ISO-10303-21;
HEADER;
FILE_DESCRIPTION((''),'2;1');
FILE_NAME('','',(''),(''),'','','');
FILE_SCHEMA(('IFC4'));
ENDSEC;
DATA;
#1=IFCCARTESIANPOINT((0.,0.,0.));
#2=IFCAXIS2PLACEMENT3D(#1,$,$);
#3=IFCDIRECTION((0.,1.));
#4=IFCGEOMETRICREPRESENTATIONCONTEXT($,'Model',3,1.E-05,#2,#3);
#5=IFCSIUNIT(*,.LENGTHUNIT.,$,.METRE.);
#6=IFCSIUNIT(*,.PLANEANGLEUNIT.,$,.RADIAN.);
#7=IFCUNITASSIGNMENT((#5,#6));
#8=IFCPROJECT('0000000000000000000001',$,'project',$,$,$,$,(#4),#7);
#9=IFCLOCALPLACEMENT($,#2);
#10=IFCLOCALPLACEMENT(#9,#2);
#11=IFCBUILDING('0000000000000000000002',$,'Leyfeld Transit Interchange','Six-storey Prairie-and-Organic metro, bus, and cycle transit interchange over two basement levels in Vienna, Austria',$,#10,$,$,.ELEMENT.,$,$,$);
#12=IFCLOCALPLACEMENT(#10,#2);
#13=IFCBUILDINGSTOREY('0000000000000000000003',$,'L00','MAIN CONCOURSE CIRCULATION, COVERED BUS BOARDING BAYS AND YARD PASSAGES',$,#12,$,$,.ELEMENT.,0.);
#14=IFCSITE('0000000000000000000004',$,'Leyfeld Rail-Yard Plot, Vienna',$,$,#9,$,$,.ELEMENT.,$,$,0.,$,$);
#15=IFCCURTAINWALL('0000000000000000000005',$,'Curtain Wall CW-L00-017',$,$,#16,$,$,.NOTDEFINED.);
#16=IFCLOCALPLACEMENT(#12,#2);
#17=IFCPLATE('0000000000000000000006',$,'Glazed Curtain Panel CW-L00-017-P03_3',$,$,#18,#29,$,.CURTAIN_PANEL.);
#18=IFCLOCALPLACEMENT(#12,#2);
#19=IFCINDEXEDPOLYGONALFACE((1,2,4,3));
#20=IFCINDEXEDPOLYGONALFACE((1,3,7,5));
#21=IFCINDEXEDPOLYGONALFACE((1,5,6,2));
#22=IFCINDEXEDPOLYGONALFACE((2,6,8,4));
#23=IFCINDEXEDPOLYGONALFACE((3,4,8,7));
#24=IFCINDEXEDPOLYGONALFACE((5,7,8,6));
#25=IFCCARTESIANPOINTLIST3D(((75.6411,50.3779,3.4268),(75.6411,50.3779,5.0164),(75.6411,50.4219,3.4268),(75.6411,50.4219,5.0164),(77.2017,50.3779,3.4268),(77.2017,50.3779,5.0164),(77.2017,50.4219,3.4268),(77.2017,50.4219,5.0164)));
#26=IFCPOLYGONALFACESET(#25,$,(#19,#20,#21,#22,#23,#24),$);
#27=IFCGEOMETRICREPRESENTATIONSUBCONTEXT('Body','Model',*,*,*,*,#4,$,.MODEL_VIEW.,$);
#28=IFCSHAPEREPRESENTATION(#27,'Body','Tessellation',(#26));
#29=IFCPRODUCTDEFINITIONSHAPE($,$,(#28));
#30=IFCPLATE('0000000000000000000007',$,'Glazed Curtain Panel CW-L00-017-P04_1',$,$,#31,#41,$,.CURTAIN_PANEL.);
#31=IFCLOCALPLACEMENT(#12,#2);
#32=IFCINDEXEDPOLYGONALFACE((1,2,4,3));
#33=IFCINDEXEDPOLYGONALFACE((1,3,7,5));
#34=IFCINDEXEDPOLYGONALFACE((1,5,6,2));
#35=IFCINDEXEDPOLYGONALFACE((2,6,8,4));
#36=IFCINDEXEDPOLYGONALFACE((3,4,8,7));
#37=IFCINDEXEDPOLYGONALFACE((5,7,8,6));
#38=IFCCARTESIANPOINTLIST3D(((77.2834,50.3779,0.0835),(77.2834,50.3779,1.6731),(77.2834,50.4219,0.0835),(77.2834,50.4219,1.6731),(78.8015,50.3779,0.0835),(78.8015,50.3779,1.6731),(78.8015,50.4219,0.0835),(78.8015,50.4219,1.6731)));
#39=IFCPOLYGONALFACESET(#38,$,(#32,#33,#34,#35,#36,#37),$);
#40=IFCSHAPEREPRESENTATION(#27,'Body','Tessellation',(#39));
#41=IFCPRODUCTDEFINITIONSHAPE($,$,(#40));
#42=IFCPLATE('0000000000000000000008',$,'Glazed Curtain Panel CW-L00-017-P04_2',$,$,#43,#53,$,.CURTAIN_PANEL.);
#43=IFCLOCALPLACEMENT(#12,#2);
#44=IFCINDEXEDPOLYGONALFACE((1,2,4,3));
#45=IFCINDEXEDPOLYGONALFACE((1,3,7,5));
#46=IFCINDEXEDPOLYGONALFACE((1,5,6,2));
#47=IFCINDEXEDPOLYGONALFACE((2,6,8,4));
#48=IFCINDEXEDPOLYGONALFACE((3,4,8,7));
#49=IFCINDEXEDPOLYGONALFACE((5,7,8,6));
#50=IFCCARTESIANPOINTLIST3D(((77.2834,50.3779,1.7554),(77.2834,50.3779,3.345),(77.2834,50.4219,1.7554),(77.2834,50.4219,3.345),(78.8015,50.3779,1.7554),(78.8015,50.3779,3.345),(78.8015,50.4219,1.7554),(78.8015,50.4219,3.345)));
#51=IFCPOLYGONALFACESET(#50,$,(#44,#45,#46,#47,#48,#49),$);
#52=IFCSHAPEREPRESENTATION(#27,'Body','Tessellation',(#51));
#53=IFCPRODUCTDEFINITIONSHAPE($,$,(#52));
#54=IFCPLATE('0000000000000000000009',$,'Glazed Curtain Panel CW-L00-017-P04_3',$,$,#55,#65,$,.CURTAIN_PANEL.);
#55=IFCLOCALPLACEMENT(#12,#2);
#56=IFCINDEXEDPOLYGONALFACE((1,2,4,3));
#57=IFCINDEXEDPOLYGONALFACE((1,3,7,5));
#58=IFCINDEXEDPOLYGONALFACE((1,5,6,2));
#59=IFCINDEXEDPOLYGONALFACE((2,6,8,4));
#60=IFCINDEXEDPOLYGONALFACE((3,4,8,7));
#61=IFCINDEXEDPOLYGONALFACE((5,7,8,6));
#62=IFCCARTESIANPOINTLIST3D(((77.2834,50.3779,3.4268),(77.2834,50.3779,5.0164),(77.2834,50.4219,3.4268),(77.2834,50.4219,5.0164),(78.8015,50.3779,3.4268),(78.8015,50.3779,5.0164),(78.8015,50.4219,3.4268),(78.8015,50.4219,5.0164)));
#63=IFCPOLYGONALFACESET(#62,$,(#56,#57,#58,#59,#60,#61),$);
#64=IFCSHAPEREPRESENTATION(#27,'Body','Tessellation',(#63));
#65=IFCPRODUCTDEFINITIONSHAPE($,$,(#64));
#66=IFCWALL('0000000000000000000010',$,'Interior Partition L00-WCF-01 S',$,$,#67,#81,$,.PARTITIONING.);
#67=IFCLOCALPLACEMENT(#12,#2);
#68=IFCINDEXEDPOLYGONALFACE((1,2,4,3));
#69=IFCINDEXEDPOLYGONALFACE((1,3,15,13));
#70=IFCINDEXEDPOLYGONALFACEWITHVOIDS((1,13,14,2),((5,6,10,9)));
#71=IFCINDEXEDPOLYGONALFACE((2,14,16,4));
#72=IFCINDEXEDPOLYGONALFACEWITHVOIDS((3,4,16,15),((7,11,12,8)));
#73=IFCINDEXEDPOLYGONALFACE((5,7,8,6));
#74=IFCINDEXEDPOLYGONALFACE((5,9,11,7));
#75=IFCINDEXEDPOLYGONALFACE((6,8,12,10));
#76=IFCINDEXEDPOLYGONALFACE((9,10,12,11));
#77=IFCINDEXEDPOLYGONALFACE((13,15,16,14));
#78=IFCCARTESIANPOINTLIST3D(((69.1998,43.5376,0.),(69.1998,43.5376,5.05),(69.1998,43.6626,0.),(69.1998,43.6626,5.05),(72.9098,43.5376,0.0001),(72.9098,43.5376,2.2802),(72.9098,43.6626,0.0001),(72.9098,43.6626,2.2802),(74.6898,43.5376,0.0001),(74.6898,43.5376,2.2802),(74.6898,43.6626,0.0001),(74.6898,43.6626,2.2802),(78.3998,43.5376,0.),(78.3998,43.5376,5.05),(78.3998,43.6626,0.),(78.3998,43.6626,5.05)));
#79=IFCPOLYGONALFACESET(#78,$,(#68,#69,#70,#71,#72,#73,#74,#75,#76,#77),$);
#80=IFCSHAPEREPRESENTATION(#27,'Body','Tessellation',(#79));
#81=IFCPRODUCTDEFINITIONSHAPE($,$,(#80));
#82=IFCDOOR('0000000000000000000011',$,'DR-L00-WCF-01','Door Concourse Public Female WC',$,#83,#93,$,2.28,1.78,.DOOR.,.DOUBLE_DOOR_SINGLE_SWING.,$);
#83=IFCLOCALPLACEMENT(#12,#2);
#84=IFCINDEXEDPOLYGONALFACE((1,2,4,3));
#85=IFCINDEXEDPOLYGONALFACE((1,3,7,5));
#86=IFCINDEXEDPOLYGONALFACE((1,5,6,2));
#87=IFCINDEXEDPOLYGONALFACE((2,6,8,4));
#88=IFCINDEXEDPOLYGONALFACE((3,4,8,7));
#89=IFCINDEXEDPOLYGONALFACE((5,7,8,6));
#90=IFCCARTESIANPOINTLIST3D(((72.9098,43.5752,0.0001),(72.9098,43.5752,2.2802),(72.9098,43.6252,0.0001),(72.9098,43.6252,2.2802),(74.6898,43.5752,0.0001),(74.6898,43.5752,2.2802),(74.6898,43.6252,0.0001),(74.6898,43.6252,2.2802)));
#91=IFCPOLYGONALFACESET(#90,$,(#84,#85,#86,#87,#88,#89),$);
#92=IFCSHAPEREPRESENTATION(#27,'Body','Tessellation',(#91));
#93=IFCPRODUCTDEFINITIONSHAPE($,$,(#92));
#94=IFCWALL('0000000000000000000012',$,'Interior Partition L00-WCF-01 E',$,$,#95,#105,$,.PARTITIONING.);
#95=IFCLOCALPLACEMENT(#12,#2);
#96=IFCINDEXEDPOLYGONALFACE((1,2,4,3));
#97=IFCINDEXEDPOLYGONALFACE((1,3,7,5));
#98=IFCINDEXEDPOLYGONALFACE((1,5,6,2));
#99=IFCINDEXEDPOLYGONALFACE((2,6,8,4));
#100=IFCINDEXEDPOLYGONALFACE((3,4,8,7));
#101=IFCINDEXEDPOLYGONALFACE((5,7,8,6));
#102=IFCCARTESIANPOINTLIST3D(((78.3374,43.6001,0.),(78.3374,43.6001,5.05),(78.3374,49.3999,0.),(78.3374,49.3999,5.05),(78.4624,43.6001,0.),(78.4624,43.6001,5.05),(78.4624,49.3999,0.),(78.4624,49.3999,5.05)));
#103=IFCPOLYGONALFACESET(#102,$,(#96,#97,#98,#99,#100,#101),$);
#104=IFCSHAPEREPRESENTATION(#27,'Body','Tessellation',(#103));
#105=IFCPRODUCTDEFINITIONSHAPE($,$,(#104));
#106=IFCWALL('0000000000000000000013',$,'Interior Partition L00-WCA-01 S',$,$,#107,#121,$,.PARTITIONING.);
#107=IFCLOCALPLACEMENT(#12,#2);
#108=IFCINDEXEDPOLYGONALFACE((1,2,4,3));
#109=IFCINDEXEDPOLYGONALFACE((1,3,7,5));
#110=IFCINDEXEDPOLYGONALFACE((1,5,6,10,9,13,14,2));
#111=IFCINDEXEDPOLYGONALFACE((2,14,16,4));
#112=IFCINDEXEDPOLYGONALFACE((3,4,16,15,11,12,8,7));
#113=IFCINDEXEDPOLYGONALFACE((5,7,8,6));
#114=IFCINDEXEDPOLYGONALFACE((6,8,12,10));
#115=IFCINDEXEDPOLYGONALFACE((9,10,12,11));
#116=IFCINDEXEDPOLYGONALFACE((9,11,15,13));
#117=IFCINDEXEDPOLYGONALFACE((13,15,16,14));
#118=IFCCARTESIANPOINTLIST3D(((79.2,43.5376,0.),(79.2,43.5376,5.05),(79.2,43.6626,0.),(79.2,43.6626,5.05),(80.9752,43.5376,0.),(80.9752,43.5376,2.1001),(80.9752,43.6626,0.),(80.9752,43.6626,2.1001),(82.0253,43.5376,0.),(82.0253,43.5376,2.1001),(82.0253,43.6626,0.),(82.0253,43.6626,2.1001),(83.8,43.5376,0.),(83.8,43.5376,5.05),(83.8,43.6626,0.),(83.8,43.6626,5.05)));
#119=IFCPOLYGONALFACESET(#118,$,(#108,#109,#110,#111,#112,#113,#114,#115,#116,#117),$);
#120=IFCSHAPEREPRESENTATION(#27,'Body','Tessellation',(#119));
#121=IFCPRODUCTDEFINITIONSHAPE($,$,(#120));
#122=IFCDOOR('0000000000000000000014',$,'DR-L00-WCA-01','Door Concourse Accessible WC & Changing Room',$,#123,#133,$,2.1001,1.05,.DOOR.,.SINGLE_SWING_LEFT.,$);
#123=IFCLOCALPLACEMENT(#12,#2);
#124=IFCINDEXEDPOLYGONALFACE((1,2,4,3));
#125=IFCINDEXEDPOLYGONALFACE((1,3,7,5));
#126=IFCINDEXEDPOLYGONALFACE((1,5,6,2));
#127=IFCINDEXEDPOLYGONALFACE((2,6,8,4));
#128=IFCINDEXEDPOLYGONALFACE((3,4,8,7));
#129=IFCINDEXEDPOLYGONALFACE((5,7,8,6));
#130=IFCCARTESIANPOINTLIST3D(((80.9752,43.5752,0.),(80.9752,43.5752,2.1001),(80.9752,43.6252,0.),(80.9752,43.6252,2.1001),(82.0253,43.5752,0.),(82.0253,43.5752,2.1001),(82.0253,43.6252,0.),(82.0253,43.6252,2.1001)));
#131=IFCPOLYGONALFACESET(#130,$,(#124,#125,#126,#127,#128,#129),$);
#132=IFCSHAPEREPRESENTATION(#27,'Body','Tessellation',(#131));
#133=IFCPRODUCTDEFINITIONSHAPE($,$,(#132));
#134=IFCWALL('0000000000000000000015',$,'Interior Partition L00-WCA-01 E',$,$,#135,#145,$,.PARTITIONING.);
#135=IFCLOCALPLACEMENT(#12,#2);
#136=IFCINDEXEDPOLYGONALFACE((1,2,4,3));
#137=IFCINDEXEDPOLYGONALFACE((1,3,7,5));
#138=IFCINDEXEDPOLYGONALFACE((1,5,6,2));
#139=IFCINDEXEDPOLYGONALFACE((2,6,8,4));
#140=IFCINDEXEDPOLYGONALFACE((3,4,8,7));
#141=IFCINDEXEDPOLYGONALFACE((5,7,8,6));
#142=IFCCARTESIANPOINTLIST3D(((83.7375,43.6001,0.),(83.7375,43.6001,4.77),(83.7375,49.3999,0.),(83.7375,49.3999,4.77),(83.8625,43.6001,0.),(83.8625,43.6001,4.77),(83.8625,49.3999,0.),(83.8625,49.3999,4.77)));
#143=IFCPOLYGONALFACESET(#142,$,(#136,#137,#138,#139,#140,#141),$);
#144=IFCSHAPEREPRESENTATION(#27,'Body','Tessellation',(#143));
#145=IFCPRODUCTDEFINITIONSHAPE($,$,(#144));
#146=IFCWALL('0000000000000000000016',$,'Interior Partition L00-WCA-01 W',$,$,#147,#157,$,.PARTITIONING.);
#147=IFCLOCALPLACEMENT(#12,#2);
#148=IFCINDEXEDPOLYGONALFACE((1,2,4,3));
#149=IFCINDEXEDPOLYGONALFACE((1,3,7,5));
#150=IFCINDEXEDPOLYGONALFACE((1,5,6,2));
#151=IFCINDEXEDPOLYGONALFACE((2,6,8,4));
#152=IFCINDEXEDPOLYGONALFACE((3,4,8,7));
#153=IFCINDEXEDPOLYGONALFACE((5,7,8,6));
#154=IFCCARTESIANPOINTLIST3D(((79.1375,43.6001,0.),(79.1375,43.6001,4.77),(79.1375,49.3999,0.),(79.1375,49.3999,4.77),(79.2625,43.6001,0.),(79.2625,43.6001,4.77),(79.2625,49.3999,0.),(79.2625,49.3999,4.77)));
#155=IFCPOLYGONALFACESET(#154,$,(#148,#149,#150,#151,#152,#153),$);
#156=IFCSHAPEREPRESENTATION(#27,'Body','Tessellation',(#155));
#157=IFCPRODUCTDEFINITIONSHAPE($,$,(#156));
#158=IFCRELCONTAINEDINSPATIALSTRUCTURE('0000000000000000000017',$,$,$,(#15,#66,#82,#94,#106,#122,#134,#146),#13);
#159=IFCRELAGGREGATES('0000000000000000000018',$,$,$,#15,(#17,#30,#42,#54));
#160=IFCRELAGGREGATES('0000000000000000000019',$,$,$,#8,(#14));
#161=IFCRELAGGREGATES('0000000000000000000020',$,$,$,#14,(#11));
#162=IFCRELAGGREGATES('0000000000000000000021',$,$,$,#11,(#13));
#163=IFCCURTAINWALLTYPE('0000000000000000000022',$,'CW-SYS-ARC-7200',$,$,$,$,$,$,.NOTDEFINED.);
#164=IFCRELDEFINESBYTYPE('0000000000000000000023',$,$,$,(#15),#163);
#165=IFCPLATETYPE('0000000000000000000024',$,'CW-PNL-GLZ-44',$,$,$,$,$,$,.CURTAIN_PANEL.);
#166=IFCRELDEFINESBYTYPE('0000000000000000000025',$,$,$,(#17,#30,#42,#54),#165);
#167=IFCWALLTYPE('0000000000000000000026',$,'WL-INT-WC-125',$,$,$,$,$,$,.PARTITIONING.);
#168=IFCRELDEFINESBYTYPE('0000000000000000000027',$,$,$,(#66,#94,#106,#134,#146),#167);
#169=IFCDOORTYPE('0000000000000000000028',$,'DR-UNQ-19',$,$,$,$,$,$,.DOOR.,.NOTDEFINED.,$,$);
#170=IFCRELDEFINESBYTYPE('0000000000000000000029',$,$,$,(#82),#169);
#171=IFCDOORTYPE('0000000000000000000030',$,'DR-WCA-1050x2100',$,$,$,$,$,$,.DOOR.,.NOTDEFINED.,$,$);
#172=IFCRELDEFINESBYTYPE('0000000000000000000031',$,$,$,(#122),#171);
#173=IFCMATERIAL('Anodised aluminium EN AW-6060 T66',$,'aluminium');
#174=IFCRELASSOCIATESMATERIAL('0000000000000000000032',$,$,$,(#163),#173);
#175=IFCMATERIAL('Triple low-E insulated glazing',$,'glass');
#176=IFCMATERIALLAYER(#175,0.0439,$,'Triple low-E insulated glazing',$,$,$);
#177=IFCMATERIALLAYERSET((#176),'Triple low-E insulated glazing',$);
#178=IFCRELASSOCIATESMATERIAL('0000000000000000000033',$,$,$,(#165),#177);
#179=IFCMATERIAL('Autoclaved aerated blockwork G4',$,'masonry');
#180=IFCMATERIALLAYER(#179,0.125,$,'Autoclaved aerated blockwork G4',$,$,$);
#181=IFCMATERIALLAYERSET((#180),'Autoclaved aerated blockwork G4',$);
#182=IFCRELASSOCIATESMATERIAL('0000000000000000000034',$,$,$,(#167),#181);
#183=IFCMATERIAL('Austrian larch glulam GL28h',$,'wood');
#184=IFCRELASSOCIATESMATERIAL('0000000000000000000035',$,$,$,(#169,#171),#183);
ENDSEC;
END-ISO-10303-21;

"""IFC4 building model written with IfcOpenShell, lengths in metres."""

from ifc_helpers import new_model, si_unit, direction, frame, frame_2d, origin, origin_2d, place, context, subcontext, project, spatial, rectangle, extrude, material, layer, layer_set, type_object, element, fill, aggregate, save


model = new_model("IFC4")

# Units and contexts
model_context = context("Model", 3, precision=1e-05, world=origin(), true_north=direction((0.0, 1.0)))
body_context = subcontext(model_context, "Body", "Model", "MODEL_VIEW")
ifc_project = project(units=[si_unit("LENGTHUNIT", "METRE"), si_unit("PLANEANGLEUNIT", "RADIAN")], contexts=[model_context])

# Site, building, storey
site_placement = place(None, origin())
site = spatial("IfcSite", under=ifc_project, at=site_placement, Name="Leyfeld Rail-Yard Plot, Vienna", CompositionType="ELEMENT", RefElevation=0.0)
building_placement = place(site_placement, origin())
building = spatial("IfcBuilding", under=site, at=building_placement, Name="Leyfeld Transit Interchange", Description="Six-storey Prairie-and-Organic metro, bus, and cycle transit interchange over two basement levels in Vienna, Austria", CompositionType="ELEMENT")
storey_placement = place(building_placement, origin())
storey = spatial("IfcBuildingStorey", under=building, at=storey_placement, Name="L00", Description="MAIN CONCOURSE CIRCULATION, COVERED BUS BOARDING BAYS AND YARD PASSAGES", CompositionType="ELEMENT", Elevation=0.0)

# Curtain wall
ifc_material_1 = material(Name="Anodised aluminium EN AW-6060 T66", Category="aluminium")
curtain_wall_type = type_object("IfcCurtainWallType", Name="CW-SYS-ARC-7200", PredefinedType="NOTDEFINED", material=ifc_material_1)
curtain_wall_1_placement = place(storey_placement, origin())
curtain_wall_1 = element("IfcCurtainWall", 1, at=curtain_wall_1_placement, inside=storey, type_object=curtain_wall_type, Name="Curtain Wall CW-L00-017", PredefinedType="NOTDEFINED")

# Plates
ifc_material_2 = material(Name="Triple low-E insulated glazing", Category="glass")
ifc_layer_1 = layer(ifc_material_2, 0.0439, Name="Triple low-E insulated glazing")
ifc_layer_set_1 = layer_set([ifc_layer_1], Name="Triple low-E insulated glazing")
plate_type = type_object("IfcPlateType", Name="CW-PNL-GLZ-44", PredefinedType="CURTAIN_PANEL", material=ifc_layer_set_1)
plate_1_placement = place(storey_placement, frame((76.4214, 50.3999, 3.4268), z_axis=(0.0, 0.0, 1.0), x_axis=(1.0, 0.0, 0.0)))
plate_1 = element("IfcPlate", 2, at=plate_1_placement, type_object=plate_type, Name="Glazed Curtain Panel CW-L00-017-P03_3", PredefinedType="CURTAIN_PANEL", context=body_context, shape_type="SweptSolid", body=[
    extrude(rectangle(XDim=1.5605, YDim=0.0439, at=origin_2d()), origin(), (0.0, 0.0, 1.0), 1.5896),
])
plate_2_placement = place(storey_placement, frame((78.0425, 50.3999, 0.0835), z_axis=(0.0, 0.0, 1.0), x_axis=(1.0, 0.0, 0.0)))
plate_2 = element("IfcPlate", 3, at=plate_2_placement, type_object=plate_type, Name="Glazed Curtain Panel CW-L00-017-P04_1", PredefinedType="CURTAIN_PANEL", context=body_context, shape_type="SweptSolid", body=[
    extrude(rectangle(XDim=1.5181, YDim=0.0439, at=origin_2d()), origin(), (0.0, 0.0, 1.0), 1.5896),
])
plate_3_placement = place(storey_placement, frame((78.0425, 50.3999, 1.7554), z_axis=(0.0, 0.0, 1.0), x_axis=(1.0, 0.0, 0.0)))
plate_3 = element("IfcPlate", 4, at=plate_3_placement, type_object=plate_type, Name="Glazed Curtain Panel CW-L00-017-P04_2", PredefinedType="CURTAIN_PANEL", context=body_context, shape_type="SweptSolid", body=[
    extrude(rectangle(XDim=1.5181, YDim=0.0439, at=origin_2d()), origin(), (0.0, 0.0, 1.0), 1.5896),
])
plate_4_placement = place(storey_placement, frame((78.0425, 50.3999, 3.4268), z_axis=(0.0, 0.0, 1.0), x_axis=(1.0, 0.0, 0.0)))
plate_4 = element("IfcPlate", 5, at=plate_4_placement, type_object=plate_type, Name="Glazed Curtain Panel CW-L00-017-P04_3", PredefinedType="CURTAIN_PANEL", context=body_context, shape_type="SweptSolid", body=[
    extrude(rectangle(XDim=1.5181, YDim=0.0439, at=origin_2d()), origin(), (0.0, 0.0, 1.0), 1.5896),
])
aggregate(curtain_wall_1, [plate_1, plate_2, plate_3, plate_4])

# Wall, opening, door
ifc_material_3 = material(Name="Autoclaved aerated blockwork G4", Category="masonry")
ifc_layer_2 = layer(ifc_material_3, 0.125, Name="Autoclaved aerated blockwork G4")
ifc_layer_set_2 = layer_set([ifc_layer_2], Name="Autoclaved aerated blockwork G4")
wall_type_1 = type_object("IfcWallType", Name="WL-INT-WC-125", PredefinedType="PARTITIONING", material=ifc_layer_set_2)
wall_1_placement = place(storey_placement, frame((78.3999, 43.6001, 0.0), z_axis=(0.0, 0.0, 1.0), x_axis=(-1.0, 0.0, 0.0)))
wall_1 = element("IfcWall", 6, at=wall_1_placement, inside=storey, type_object=wall_type_1, Name="Interior Partition L00-WCF-01 S", PredefinedType="PARTITIONING", context=body_context, shape_type="SweptSolid", body=[
    extrude(rectangle(XDim=9.2, YDim=0.125, at=frame_2d((4.6001, 0.0))), origin(), (0.0, 0.0, 1.0), 5.05),
])
opening_1_placement = place(wall_1_placement, frame((3.71, 0.0, 0.0)))
opening_1 = element("IfcOpeningElement", 7, at=opening_1_placement, cuts=wall_1, PredefinedType="OPENING", context=body_context, shape_type="SweptSolid", body=[
    extrude(rectangle(XDim=1.78, YDim=2.28, at=frame_2d((0.8901, 1.1401))), frame((0.0, 0.0725, 0.0), z_axis=(0.0, -1.0, 0.0), x_axis=(1.0, 0.0, 0.0)), (0.0, 0.0, 1.0), 0.145),
])
ifc_material_4 = material(Name="Austrian larch glulam GL28h", Category="wood")
door_type_1 = type_object("IfcDoorType", Name="DR-UNQ-19", OperationType="NOTDEFINED", PredefinedType="DOOR", material=ifc_material_4)
door_1_placement = place(opening_1_placement, origin())
door_1 = element("IfcDoor", 8, at=door_1_placement, inside=storey, type_object=door_type_1, Name="DR-L00-WCF-01", Description="Door Concourse Public Female WC", OperationType="DOUBLE_DOOR_SINGLE_SWING", OverallHeight=2.28, OverallWidth=1.78, PredefinedType="DOOR", context=body_context, shape_type="SweptSolid", body=[
    extrude(rectangle(XDim=1.78, YDim=2.28, at=frame_2d((0.8901, 1.1401))), frame((0.0, 0.0249, 0.0), z_axis=(0.0, -1.0, 0.0), x_axis=(1.0, 0.0, 0.0)), (0.0, 0.0, 1.0), 0.05),
])
fill(opening_1, door_1)

# Wall
wall_2_placement = place(storey_placement, frame((78.3999, 49.3999, 0.0), z_axis=(0.0, 0.0, 1.0), x_axis=(0.0, -1.0, 0.0)))
element("IfcWall", 9, at=wall_2_placement, inside=storey, type_object=wall_type_1, Name="Interior Partition L00-WCF-01 E", PredefinedType="PARTITIONING", context=body_context, shape_type="SweptSolid", body=[
    extrude(rectangle(XDim=5.7998, YDim=0.125, at=frame_2d((2.8999, 0.0))), origin(), (0.0, 0.0, 1.0), 5.05),
])

# Wall, opening, door
wall_3_placement = place(storey_placement, frame((83.8, 43.6001, 0.0), z_axis=(0.0, 0.0, 1.0), x_axis=(-1.0, 0.0, 0.0)))
wall_3 = element("IfcWall", 10, at=wall_3_placement, inside=storey, type_object=wall_type_1, Name="Interior Partition L00-WCA-01 S", PredefinedType="PARTITIONING", context=body_context, shape_type="SweptSolid", body=[
    extrude(rectangle(XDim=4.6001, YDim=0.125, at=frame_2d((2.3, 0.0))), origin(), (0.0, 0.0, 1.0), 5.05),
])
opening_2_placement = place(wall_3_placement, frame((1.7749, 0.0, 0.0)))
opening_2 = element("IfcOpeningElement", 11, at=opening_2_placement, cuts=wall_3, PredefinedType="OPENING", context=body_context, shape_type="SweptSolid", body=[
    extrude(rectangle(XDim=1.05, YDim=2.1001, at=frame_2d((0.5249, 1.05))), frame((0.0, 0.0725, 0.0), z_axis=(0.0, -1.0, 0.0), x_axis=(1.0, 0.0, 0.0)), (0.0, 0.0, 1.0), 0.145),
])
door_type_2 = type_object("IfcDoorType", Name="DR-WCA-1050x2100", OperationType="NOTDEFINED", PredefinedType="DOOR", material=ifc_material_4)
door_2_placement = place(opening_2_placement, origin())
door_2 = element("IfcDoor", 12, at=door_2_placement, inside=storey, type_object=door_type_2, Name="DR-L00-WCA-01", Description="Door Concourse Accessible WC & Changing Room", OperationType="SINGLE_SWING_LEFT", OverallHeight=2.1001, OverallWidth=1.05, PredefinedType="DOOR", context=body_context, shape_type="SweptSolid", body=[
    extrude(rectangle(XDim=1.05, YDim=2.1001, at=frame_2d((0.5249, 1.05))), frame((0.0, 0.0249, 0.0), z_axis=(0.0, -1.0, 0.0), x_axis=(1.0, 0.0, 0.0)), (0.0, 0.0, 1.0), 0.05),
])
fill(opening_2, door_2)

# Walls
for number, where, z_axis, x_axis, name in (
    (13, (83.8, 49.3999, 0.0), (0.0, 0.0, 1.0), (0.0, -1.0, 0.0), "Interior Partition L00-WCA-01 E"),
    (14, (79.2, 43.6001, 0.0), (0.0, 0.0, 1.0), (0.0, 1.0, 0.0), "Interior Partition L00-WCA-01 W"),
):
    element("IfcWall", number, at=place(storey_placement, frame(where, z_axis=z_axis, x_axis=x_axis)), inside=storey, type_object=wall_type_1, Name=name, PredefinedType="PARTITIONING", context=body_context, shape_type="SweptSolid", body=[
        extrude(rectangle(XDim=5.7998, YDim=0.125, at=frame_2d((2.8999, 0.0))), origin(), (0.0, 0.0, 1.0), 4.77),
    ])

save(model, "model.ifc")
